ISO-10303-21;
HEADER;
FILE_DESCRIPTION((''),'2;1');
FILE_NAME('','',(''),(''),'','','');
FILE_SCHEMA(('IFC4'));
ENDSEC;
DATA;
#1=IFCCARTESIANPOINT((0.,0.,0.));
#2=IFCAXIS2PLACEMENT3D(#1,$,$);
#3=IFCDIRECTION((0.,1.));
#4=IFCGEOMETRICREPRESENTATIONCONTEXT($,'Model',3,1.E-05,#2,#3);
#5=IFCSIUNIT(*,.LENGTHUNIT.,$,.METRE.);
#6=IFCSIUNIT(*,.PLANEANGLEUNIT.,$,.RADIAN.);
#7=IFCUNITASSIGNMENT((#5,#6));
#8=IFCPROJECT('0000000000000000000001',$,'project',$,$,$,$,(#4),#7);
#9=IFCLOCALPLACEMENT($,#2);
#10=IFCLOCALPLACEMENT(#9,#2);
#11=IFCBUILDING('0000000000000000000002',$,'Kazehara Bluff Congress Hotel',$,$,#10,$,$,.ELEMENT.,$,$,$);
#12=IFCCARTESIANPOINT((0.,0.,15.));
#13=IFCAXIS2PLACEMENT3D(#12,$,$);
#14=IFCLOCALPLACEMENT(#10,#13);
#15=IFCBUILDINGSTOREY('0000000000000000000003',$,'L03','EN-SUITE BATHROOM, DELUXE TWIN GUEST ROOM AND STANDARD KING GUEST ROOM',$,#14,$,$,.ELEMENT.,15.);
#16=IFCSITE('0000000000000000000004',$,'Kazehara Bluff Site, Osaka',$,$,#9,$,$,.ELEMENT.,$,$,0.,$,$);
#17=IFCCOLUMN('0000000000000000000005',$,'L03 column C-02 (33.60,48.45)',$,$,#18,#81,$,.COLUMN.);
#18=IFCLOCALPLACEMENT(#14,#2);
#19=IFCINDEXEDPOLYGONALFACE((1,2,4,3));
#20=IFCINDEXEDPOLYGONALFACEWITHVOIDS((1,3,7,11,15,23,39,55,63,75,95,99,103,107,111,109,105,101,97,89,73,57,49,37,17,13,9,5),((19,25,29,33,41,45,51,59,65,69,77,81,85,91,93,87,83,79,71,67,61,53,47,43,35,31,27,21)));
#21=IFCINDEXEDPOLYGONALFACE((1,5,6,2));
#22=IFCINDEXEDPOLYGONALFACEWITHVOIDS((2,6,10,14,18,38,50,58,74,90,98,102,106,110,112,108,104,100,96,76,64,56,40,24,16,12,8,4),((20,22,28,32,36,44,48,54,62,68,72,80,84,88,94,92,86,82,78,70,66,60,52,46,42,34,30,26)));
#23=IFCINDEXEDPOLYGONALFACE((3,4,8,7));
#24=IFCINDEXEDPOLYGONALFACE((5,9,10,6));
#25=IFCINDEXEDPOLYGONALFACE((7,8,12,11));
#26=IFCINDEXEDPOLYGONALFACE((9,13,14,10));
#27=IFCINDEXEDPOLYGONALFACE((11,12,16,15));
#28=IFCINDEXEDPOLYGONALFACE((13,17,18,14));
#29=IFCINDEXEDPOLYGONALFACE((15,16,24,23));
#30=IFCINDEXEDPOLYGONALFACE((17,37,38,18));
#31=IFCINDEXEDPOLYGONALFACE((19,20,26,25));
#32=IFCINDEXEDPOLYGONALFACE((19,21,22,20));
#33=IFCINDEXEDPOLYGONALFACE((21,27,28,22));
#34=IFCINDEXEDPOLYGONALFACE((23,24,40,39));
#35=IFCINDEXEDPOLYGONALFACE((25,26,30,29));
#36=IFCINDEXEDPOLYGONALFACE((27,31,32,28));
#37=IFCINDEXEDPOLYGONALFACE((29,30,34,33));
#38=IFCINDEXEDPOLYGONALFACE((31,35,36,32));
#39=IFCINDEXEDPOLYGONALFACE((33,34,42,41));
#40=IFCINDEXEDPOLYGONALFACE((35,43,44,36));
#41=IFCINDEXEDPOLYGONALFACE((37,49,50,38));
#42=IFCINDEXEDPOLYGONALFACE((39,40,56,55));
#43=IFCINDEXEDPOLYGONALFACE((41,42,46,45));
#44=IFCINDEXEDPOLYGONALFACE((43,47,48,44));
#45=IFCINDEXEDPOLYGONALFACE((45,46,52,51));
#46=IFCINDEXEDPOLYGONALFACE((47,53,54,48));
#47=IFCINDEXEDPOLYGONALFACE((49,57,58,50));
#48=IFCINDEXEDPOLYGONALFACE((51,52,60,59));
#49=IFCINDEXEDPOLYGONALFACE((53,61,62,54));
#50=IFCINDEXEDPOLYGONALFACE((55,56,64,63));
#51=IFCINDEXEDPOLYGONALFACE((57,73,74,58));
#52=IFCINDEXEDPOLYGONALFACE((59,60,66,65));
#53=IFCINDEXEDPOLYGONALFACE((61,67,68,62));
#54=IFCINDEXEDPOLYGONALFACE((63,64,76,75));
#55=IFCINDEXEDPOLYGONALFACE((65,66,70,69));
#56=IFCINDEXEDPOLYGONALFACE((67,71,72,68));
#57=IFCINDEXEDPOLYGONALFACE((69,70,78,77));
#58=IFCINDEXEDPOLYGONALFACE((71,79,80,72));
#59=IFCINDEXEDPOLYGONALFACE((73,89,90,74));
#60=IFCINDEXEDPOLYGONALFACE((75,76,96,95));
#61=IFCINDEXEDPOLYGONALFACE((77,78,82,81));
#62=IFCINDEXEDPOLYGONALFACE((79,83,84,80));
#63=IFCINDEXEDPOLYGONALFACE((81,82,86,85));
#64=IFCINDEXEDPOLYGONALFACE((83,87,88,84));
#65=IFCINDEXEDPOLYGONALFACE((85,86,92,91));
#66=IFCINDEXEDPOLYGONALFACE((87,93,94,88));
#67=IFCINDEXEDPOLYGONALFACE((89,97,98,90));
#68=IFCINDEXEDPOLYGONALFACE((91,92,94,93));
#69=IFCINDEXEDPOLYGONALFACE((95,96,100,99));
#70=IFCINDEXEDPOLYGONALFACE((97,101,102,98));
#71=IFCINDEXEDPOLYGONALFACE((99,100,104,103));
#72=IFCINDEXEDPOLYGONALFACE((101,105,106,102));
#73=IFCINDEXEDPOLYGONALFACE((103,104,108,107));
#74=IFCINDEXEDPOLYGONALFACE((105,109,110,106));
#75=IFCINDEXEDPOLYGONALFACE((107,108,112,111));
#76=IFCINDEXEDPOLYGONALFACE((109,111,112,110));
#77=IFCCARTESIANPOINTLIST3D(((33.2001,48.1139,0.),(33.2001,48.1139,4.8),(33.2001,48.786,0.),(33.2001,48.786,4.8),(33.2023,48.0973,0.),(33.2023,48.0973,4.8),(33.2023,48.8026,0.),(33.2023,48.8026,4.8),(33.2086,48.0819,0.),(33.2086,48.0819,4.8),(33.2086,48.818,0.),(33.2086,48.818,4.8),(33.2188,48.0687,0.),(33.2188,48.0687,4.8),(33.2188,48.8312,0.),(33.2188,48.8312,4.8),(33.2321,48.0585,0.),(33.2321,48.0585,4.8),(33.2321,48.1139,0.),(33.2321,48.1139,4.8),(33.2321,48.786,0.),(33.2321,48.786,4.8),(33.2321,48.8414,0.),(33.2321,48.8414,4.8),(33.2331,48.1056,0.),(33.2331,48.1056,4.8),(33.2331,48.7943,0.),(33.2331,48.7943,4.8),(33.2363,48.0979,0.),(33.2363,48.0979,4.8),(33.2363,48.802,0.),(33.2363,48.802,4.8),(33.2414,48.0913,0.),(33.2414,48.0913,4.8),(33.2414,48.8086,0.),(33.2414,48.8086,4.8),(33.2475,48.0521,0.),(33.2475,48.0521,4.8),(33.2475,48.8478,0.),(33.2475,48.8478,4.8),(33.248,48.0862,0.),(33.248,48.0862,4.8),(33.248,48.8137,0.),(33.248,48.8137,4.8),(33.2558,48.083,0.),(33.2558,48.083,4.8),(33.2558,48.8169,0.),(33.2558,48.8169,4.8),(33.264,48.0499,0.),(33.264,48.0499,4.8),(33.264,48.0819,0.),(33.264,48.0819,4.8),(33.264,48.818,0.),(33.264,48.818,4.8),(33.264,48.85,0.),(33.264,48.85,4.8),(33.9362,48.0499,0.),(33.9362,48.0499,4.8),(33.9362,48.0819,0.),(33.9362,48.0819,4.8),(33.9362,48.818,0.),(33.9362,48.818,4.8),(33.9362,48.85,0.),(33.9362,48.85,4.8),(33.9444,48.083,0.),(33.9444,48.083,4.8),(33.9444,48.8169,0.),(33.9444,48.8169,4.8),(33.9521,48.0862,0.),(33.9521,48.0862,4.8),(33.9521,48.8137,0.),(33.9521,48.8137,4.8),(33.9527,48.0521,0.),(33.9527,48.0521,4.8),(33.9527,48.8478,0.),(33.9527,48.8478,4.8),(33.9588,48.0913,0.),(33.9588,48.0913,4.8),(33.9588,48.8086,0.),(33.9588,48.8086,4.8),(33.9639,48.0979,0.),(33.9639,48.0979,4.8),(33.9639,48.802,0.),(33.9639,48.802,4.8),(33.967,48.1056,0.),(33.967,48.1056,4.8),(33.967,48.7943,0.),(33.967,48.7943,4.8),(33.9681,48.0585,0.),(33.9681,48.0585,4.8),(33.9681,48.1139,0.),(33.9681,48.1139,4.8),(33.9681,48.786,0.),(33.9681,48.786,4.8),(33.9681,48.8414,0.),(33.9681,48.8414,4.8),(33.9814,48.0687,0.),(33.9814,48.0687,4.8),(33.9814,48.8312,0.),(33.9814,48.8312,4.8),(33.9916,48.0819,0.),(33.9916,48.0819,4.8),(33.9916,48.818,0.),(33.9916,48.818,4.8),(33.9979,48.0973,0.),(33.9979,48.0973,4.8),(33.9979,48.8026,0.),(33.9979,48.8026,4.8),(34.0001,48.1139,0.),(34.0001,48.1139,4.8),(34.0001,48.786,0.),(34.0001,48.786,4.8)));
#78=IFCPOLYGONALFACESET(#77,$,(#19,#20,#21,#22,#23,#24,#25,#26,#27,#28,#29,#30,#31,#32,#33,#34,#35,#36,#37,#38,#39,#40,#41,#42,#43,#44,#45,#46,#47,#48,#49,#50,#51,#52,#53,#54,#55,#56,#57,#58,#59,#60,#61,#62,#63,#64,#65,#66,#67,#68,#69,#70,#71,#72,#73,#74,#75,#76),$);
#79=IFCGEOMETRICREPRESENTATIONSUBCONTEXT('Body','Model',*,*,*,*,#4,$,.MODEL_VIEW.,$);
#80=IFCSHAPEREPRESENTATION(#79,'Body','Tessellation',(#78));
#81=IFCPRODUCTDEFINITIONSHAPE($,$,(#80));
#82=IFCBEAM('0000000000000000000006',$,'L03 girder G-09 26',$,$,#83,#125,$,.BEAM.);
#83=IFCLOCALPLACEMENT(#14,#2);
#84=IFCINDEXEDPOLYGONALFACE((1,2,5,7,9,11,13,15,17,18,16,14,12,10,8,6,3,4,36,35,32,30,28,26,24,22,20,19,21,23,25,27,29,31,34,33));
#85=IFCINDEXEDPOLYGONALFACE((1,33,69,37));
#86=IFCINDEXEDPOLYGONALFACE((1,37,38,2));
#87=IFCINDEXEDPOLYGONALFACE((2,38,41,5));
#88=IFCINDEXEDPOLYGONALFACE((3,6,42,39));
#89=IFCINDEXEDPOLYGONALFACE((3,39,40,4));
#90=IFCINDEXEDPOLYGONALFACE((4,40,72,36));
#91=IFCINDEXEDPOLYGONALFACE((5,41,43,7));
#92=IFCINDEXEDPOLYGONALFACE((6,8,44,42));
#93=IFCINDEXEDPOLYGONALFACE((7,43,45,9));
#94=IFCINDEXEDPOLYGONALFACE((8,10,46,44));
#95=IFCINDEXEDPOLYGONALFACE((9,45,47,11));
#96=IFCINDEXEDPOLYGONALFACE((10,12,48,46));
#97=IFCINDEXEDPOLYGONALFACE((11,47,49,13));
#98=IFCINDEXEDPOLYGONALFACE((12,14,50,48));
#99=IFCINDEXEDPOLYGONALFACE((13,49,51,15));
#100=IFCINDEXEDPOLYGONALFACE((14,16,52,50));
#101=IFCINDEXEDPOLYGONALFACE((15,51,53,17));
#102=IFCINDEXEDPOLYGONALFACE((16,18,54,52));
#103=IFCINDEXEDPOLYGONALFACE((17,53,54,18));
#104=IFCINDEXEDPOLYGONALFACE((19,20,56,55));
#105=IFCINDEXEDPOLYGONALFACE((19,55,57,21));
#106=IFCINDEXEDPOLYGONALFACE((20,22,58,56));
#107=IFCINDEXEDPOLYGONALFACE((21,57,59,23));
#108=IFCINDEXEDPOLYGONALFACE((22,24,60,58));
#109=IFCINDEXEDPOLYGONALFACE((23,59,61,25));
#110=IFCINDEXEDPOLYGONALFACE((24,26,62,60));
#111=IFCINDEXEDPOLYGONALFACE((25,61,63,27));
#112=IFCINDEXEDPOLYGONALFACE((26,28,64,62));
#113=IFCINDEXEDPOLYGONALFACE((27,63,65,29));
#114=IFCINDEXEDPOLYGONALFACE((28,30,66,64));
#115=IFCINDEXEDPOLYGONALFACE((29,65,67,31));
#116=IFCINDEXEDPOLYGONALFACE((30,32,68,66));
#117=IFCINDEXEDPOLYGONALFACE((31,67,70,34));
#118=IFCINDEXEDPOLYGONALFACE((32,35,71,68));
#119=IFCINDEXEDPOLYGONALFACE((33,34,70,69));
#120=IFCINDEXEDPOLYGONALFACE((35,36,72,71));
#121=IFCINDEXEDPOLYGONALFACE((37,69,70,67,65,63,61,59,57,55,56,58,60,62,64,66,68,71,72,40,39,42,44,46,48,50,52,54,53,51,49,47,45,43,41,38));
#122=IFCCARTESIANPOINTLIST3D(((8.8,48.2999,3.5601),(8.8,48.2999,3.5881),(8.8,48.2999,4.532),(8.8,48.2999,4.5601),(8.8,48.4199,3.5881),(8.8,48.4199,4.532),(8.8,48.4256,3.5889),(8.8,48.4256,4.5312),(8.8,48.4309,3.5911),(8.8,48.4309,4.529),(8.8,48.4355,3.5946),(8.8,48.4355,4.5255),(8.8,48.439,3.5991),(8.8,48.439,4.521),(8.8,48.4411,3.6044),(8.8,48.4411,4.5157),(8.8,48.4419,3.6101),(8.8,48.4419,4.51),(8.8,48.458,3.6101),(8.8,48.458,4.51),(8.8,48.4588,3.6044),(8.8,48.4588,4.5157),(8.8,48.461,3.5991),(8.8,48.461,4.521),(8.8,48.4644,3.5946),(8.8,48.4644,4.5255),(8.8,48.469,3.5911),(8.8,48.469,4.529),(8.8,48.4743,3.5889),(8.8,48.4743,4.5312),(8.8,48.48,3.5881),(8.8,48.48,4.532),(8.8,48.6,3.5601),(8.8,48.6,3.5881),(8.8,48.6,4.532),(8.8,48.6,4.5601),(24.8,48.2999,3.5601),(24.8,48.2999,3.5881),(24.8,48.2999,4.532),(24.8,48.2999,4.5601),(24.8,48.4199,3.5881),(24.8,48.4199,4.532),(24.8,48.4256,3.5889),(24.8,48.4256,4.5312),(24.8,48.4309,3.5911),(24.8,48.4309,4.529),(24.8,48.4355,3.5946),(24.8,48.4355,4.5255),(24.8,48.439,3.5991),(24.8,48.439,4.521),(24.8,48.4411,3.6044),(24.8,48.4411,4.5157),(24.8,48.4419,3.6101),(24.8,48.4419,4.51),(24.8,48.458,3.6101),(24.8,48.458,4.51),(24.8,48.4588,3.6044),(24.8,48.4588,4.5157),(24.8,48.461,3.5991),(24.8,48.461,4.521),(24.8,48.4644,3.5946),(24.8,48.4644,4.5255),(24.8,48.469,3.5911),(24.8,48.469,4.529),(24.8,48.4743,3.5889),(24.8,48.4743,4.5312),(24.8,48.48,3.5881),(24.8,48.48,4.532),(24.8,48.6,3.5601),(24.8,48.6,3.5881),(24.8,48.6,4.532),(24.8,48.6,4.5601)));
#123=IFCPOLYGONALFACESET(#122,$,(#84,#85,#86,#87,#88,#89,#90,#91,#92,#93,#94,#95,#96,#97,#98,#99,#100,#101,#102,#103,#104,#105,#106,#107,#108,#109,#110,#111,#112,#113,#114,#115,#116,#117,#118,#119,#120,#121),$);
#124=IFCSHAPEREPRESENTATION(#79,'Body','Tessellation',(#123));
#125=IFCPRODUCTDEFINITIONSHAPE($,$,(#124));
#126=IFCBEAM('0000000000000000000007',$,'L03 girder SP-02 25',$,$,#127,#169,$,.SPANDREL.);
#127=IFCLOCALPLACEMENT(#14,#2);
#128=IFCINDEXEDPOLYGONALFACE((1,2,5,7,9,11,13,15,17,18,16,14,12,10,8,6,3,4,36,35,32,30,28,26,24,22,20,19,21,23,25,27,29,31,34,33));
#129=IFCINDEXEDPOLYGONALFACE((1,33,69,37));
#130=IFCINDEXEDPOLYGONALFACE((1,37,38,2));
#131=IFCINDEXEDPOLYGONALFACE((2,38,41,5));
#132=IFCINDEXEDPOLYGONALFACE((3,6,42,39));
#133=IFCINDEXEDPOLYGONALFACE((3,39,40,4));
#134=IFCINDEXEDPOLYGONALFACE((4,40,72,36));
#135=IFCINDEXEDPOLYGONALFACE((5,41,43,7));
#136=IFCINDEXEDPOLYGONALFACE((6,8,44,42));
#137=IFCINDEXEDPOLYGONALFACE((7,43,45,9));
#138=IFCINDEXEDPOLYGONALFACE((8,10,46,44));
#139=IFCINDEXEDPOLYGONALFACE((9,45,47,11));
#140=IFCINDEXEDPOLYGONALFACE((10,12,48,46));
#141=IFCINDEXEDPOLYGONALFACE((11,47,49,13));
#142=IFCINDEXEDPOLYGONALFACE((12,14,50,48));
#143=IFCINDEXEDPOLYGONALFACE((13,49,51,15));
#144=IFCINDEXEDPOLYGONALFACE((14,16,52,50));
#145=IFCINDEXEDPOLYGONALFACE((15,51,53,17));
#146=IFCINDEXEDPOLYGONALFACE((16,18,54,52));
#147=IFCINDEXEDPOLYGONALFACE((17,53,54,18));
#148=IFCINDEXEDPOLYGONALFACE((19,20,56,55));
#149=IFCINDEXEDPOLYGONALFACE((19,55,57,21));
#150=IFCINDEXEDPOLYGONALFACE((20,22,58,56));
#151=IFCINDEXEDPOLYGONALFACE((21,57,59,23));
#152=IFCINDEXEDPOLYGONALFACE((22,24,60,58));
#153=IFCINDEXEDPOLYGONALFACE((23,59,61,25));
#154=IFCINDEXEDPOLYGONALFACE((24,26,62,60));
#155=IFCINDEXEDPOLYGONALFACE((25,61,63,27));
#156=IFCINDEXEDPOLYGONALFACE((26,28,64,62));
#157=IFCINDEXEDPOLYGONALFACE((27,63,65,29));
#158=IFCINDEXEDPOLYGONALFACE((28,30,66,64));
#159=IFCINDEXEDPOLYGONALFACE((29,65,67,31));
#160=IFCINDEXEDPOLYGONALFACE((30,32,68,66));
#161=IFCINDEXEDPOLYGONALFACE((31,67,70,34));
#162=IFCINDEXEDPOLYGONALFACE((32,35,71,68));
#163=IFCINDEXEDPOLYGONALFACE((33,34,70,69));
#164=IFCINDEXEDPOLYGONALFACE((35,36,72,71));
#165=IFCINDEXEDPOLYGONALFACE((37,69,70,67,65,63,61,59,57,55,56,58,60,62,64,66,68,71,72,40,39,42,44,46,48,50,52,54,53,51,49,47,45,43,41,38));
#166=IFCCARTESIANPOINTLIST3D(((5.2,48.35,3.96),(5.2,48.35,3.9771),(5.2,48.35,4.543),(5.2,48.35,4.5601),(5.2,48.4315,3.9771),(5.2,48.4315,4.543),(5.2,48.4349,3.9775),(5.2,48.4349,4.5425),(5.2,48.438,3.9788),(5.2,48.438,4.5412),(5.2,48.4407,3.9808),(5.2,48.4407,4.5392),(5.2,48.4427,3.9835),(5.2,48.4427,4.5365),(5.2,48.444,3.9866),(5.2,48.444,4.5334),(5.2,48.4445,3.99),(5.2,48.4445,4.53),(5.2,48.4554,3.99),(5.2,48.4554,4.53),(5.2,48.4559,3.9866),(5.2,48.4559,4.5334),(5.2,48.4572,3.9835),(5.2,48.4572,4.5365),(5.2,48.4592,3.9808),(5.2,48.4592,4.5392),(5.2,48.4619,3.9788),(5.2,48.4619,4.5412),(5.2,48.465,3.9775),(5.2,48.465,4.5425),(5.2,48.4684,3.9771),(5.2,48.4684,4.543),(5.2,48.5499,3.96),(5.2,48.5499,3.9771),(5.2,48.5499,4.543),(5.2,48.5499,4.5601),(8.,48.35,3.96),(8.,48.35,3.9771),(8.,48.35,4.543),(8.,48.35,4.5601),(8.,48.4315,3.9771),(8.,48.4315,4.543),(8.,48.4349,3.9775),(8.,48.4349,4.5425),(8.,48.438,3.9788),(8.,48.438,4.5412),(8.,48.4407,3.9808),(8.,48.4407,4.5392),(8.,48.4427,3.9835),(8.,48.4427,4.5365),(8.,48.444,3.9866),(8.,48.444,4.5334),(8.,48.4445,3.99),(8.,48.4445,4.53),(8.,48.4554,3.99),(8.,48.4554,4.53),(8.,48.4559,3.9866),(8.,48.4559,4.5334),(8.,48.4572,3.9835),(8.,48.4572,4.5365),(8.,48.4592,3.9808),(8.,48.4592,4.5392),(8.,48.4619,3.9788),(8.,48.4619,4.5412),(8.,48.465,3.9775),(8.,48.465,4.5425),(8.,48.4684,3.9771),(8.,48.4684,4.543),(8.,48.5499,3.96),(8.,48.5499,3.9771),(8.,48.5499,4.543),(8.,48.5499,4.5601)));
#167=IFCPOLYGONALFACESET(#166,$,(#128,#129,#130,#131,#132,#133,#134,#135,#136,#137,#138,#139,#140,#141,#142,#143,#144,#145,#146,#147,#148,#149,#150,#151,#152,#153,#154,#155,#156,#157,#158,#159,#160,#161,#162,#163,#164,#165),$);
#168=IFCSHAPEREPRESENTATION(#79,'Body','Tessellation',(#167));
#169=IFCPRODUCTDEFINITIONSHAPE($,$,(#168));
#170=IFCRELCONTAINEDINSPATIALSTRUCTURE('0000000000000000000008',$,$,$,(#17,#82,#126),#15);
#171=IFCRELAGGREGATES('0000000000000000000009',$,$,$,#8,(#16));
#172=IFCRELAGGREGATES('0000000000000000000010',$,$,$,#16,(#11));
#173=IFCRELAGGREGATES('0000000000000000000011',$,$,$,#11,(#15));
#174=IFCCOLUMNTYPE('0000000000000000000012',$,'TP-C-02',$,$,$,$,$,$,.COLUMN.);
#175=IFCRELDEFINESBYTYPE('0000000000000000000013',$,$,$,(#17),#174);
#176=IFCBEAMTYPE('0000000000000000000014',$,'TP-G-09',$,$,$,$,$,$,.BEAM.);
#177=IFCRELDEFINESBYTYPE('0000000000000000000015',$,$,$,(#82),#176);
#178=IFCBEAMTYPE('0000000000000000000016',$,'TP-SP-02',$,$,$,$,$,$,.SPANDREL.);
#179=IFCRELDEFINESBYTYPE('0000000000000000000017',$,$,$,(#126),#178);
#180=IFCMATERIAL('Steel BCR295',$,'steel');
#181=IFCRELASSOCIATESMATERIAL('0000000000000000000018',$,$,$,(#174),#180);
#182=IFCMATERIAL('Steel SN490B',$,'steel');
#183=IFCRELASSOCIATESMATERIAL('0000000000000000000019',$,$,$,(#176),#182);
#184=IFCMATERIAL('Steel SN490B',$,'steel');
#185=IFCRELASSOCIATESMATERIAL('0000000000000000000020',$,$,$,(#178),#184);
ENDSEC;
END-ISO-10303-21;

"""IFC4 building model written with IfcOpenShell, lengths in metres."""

from ifc_helpers import new_model, si_unit, direction, frame, origin, origin_2d, place, context, subcontext, project, spatial, hollow_rectangle, i_section, extrude, material, material_profile, profile_set, type_object, element, save


model = new_model("IFC4")

# Units and contexts
model_context = context("Model", 3, precision=1e-05, world=origin(), true_north=direction((0.0, 1.0)))
body_context = subcontext(model_context, "Body", "Model", "MODEL_VIEW")
ifc_project = project(units=[si_unit("LENGTHUNIT", "METRE"), si_unit("PLANEANGLEUNIT", "RADIAN")], contexts=[model_context])

# Site, building, storey
site_placement = place(None, origin())
site = spatial("IfcSite", under=ifc_project, at=site_placement, Name="Kazehara Bluff Site, Osaka", CompositionType="ELEMENT", RefElevation=0.0)
building_placement = place(site_placement, origin())
building = spatial("IfcBuilding", under=site, at=building_placement, Name="Kazehara Bluff Congress Hotel", CompositionType="ELEMENT")
storey_placement = place(building_placement, frame((0.0, 0.0, 15.0)))
storey = spatial("IfcBuildingStorey", under=building, at=storey_placement, Name="L03", Description="EN-SUITE BATHROOM, DELUXE TWIN GUEST ROOM AND STANDARD KING GUEST ROOM", CompositionType="ELEMENT", Elevation=15.0)

# Column
ifc_material_1 = material(Name="Steel BCR295", Category="steel")
ifc_material_profile_1 = material_profile(ifc_material_1, hollow_rectangle(XDim=0.8, YDim=0.8, WallThickness=0.032, InnerFilletRadius=0.032, OuterFilletRadius=0.064, at=origin_2d()))
ifc_profile_set_1 = profile_set([ifc_material_profile_1], Name="Steel BCR295")
column_type = type_object("IfcColumnType", Name="TP-C-02", PredefinedType="COLUMN", material=ifc_profile_set_1)
for number, where, z_axis, x_axis, name in (
    (1, (33.6001, 48.45, 0.0), (0.0, 0.0, 1.0), (1.0, 0.0, 0.0), "L03 column C-02 (33.60,48.45)"),
):
    element("IfcColumn", number, at=place(storey_placement, frame(where, z_axis=z_axis, x_axis=x_axis)), inside=storey, type_object=column_type, Name=name, PredefinedType="COLUMN", context=body_context, shape_type="SweptSolid", body=[
        extrude(hollow_rectangle(XDim=0.8, YDim=0.8, WallThickness=0.032, InnerFilletRadius=0.032, OuterFilletRadius=0.064, at=origin_2d()), origin(), (0.0, 0.0, 1.0), 4.8),
    ])

# Beams
ifc_material_2 = material(Name="Steel SN490B", Category="steel")
ifc_material_profile_2 = material_profile(ifc_material_2, i_section(OverallWidth=0.3, OverallDepth=1.0, WebThickness=0.0161, FlangeThickness=0.0281, FilletRadius=0.022, at=origin_2d()))
ifc_profile_set_2 = profile_set([ifc_material_profile_2], Name="Steel SN490B")
beam_type_1 = type_object("IfcBeamType", Name="TP-G-09", PredefinedType="BEAM", material=ifc_profile_set_2)
beam_1_placement = place(storey_placement, frame((8.8, 48.45, 4.0601), z_axis=(1.0, 0.0, 0.0), x_axis=(0.0, 1.0, 0.0)))
element("IfcBeam", 2, at=beam_1_placement, inside=storey, type_object=beam_type_1, Name="L03 girder G-09 26", PredefinedType="BEAM", context=body_context, shape_type="SweptSolid", body=[
    extrude(i_section(OverallWidth=0.3, OverallDepth=1.0, WebThickness=0.0161, FlangeThickness=0.0281, FilletRadius=0.022, at=origin_2d()), origin(), (0.0, 0.0, 1.0), 16.0),
])
ifc_material_3 = material(Name="Steel SN490B", Category="steel")
ifc_material_profile_3 = material_profile(ifc_material_3, i_section(OverallWidth=0.2, OverallDepth=0.6001, WebThickness=0.011, FlangeThickness=0.0171, FilletRadius=0.0129, at=origin_2d()))
ifc_profile_set_3 = profile_set([ifc_material_profile_3], Name="Steel SN490B")
beam_type_2 = type_object("IfcBeamType", Name="TP-SP-02", PredefinedType="SPANDREL", material=ifc_profile_set_3)
beam_2_placement = place(storey_placement, frame((5.2, 48.45, 4.26), z_axis=(1.0, 0.0, 0.0), x_axis=(0.0, 1.0, 0.0)))
element("IfcBeam", 3, at=beam_2_placement, inside=storey, type_object=beam_type_2, Name="L03 girder SP-02 25", PredefinedType="SPANDREL", context=body_context, shape_type="SweptSolid", body=[
    extrude(i_section(OverallWidth=0.2, OverallDepth=0.6001, WebThickness=0.011, FlangeThickness=0.0171, FilletRadius=0.0129, at=origin_2d()), origin(), (0.0, 0.0, 1.0), 2.8),
])

save(model, "model.ifc")
